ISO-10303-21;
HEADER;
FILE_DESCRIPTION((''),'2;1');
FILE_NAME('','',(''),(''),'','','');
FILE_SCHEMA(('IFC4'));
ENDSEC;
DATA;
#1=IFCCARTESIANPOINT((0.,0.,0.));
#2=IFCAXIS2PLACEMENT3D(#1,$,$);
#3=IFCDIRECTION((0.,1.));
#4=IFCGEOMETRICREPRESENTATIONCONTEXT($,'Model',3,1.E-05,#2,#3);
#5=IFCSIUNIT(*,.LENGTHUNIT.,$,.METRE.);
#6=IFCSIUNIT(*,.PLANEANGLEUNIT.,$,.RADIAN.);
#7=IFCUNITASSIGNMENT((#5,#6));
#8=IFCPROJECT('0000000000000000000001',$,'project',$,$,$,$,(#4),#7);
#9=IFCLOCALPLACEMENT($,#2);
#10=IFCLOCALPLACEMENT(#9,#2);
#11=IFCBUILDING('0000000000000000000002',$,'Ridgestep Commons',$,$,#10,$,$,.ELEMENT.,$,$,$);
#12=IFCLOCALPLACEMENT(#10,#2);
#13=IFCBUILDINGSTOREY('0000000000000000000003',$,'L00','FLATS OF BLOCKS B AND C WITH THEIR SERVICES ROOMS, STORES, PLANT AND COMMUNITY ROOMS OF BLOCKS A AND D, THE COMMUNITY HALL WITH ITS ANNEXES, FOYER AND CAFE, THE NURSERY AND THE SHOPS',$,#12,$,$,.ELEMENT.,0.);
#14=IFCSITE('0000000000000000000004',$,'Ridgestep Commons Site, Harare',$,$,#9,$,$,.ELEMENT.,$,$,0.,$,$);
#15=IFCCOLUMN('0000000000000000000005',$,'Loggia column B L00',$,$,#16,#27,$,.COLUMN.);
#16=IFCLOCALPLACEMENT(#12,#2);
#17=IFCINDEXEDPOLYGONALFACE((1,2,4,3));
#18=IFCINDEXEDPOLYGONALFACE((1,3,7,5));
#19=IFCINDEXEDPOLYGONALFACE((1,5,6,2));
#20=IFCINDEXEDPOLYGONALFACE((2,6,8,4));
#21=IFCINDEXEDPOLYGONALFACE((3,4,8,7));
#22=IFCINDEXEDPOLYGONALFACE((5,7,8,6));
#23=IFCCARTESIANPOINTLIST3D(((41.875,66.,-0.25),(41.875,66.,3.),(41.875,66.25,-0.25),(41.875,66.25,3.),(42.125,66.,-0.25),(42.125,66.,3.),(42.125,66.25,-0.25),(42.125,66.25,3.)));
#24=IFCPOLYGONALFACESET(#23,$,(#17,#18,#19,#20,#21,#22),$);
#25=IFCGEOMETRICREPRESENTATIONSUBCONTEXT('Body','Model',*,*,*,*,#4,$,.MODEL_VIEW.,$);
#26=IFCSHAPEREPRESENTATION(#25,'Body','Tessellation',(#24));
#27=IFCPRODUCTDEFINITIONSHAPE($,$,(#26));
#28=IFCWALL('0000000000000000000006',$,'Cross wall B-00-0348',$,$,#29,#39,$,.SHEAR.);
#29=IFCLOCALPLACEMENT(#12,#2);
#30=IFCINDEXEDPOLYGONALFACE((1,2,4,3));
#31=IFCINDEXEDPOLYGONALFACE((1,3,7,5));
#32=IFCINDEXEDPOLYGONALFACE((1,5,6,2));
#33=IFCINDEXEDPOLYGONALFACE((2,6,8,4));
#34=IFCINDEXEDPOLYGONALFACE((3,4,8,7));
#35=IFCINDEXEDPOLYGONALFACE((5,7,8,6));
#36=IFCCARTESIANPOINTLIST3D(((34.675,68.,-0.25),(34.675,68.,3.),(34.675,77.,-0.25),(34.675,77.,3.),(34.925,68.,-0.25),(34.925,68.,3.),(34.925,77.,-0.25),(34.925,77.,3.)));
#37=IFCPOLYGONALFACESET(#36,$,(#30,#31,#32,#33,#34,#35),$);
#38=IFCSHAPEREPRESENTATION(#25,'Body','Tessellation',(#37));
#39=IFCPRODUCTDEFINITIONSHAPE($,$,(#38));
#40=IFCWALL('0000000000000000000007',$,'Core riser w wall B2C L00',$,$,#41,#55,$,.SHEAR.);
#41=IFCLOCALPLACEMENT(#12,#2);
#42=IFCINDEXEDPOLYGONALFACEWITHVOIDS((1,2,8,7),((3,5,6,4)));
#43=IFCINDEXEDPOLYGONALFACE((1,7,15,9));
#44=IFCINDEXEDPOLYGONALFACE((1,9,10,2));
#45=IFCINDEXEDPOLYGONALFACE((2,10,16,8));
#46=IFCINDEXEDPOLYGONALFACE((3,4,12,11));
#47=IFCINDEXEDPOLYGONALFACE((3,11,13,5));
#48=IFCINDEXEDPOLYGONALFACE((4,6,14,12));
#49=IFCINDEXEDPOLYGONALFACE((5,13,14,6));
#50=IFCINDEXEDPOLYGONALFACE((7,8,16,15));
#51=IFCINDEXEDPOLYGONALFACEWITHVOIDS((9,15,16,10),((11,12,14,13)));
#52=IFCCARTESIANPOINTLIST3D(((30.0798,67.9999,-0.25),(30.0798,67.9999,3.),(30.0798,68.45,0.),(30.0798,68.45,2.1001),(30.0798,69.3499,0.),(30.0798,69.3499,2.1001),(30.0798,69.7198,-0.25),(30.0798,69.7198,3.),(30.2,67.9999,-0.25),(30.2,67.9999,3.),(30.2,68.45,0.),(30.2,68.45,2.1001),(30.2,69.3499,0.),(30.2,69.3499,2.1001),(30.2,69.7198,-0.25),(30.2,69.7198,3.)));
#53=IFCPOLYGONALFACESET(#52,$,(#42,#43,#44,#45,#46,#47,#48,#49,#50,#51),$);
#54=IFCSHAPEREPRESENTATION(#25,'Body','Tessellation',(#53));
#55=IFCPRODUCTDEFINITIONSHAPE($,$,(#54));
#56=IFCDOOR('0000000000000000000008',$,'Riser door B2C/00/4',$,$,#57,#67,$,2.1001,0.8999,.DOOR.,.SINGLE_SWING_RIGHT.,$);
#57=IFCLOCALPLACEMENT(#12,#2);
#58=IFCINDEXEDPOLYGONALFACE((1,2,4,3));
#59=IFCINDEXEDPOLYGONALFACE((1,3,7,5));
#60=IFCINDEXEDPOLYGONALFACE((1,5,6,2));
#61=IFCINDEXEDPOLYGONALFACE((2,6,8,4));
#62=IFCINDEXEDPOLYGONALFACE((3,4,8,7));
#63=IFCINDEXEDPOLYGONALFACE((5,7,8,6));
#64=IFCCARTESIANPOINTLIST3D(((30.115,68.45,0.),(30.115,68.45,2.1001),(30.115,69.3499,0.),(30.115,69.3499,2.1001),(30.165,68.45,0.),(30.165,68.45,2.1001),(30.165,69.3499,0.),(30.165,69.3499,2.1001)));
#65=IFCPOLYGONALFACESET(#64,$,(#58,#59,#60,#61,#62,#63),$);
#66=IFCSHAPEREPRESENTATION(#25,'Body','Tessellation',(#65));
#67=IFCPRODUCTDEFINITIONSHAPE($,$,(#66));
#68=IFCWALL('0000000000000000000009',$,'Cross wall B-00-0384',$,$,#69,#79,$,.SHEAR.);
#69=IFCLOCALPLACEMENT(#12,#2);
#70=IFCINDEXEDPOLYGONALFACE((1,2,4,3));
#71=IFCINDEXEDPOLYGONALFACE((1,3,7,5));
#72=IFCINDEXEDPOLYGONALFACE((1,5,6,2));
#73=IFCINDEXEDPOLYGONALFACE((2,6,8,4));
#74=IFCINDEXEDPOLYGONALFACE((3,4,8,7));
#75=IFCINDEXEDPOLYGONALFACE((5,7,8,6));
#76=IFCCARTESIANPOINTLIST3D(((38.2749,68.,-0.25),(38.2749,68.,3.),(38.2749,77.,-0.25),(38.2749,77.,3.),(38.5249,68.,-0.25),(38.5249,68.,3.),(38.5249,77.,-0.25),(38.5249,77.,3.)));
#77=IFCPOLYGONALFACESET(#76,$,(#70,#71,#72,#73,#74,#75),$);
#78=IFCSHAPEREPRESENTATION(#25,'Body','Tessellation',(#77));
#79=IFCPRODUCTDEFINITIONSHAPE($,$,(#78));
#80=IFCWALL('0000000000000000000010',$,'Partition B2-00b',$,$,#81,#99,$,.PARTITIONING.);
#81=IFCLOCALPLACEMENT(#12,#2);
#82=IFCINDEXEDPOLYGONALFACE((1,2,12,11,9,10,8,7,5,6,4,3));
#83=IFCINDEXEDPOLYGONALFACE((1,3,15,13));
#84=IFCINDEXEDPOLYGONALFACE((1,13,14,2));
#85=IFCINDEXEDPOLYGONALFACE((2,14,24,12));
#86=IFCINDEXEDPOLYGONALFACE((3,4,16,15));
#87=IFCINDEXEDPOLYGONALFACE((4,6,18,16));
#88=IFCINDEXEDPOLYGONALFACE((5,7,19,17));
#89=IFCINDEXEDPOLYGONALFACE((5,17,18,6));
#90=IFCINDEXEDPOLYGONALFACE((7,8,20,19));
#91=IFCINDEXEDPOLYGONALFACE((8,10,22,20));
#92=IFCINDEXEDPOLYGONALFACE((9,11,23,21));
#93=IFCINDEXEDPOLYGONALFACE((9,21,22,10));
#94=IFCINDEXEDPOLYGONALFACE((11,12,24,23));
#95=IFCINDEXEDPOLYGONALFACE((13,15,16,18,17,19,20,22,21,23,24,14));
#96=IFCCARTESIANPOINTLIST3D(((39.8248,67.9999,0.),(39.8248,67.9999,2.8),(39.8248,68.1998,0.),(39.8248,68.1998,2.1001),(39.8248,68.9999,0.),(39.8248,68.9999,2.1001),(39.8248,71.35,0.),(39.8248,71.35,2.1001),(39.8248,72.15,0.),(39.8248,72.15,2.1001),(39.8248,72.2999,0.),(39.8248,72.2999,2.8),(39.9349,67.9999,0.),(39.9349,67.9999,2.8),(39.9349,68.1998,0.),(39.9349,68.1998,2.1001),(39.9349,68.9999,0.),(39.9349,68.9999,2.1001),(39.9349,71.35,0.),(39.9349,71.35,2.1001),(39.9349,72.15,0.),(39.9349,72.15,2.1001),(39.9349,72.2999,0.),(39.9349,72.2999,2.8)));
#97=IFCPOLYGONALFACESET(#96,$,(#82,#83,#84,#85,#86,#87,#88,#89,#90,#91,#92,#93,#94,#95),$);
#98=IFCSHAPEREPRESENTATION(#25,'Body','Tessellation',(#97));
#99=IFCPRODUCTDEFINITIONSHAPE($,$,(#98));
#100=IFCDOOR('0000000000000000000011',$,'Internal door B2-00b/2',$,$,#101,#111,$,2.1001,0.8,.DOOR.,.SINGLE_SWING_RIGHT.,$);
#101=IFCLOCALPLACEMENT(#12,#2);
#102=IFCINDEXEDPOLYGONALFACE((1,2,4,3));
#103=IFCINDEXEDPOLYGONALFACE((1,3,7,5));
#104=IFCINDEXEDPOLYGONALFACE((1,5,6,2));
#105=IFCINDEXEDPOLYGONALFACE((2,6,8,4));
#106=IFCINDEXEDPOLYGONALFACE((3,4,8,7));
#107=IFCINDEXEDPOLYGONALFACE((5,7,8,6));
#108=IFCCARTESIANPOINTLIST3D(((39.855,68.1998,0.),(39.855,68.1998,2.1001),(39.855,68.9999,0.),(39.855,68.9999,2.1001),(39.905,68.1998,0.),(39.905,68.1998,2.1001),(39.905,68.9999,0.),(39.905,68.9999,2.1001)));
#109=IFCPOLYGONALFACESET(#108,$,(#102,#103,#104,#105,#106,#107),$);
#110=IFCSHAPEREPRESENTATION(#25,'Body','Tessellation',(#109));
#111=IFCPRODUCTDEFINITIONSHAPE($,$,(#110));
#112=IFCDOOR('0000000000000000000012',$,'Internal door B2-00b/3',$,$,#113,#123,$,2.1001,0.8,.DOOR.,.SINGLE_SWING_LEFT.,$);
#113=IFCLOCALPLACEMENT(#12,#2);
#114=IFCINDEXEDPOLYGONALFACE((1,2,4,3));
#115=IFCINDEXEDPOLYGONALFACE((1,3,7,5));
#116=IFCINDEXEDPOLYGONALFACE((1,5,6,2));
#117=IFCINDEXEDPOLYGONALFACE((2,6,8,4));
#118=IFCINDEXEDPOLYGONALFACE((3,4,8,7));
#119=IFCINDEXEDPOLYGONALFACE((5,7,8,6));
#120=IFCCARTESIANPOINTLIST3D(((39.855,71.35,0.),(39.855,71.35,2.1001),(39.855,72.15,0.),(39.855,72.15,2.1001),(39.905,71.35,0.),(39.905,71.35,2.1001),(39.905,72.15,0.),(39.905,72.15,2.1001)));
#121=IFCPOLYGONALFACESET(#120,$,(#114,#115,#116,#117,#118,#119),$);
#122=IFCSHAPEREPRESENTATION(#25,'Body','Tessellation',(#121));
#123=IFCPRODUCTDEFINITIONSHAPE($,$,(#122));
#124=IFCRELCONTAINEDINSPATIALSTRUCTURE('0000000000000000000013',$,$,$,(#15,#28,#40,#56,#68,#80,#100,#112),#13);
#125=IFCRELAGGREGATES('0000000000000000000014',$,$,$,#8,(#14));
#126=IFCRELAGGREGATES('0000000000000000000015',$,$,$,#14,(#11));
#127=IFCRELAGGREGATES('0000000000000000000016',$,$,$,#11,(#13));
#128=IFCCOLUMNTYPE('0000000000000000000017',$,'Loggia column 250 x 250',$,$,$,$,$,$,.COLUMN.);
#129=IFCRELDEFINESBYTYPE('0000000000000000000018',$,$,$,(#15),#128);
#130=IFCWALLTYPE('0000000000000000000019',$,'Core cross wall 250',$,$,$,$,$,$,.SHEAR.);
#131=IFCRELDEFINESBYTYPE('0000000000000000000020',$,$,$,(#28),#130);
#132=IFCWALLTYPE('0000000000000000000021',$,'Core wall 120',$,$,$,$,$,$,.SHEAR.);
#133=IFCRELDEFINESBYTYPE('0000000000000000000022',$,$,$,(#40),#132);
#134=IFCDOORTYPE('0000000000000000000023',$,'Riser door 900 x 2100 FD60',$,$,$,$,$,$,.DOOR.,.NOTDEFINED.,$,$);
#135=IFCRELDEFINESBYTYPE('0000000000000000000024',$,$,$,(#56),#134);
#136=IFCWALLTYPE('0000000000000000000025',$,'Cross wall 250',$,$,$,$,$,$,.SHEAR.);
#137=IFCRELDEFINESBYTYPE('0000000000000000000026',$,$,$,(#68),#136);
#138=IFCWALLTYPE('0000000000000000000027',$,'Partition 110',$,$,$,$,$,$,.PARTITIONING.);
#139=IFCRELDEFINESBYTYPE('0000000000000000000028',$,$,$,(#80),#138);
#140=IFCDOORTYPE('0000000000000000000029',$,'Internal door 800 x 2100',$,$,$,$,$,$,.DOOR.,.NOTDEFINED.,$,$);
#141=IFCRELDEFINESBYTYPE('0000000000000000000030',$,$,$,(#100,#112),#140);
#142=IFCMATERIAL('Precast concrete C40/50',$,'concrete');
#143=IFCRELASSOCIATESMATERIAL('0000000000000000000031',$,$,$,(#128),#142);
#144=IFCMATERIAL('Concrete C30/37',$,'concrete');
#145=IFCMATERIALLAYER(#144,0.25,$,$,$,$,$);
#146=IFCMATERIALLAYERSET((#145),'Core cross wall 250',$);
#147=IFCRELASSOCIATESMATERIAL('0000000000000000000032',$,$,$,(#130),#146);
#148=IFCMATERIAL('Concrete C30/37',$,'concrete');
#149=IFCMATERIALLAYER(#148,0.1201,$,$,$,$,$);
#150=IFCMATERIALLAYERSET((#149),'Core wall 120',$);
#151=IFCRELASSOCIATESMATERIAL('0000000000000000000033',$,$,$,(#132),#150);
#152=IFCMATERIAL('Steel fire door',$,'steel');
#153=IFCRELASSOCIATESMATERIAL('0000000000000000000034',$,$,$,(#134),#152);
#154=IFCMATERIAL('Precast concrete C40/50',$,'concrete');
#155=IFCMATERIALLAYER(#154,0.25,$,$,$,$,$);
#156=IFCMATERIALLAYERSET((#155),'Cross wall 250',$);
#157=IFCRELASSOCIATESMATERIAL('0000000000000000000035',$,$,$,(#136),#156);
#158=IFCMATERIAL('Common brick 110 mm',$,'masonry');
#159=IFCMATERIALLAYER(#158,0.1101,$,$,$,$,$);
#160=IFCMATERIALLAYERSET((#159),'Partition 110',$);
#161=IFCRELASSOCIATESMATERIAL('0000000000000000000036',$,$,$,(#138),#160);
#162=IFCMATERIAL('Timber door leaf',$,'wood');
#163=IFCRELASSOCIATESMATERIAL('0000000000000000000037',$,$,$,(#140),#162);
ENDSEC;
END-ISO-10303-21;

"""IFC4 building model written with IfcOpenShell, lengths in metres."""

from ifc_helpers import new_model, si_unit, direction, frame, frame_2d, origin, origin_2d, place, context, subcontext, project, spatial, rectangle, extrude, material, layer, layer_set, material_profile, profile_set, type_object, element, fill, save


model = new_model("IFC4")

# Units and contexts
model_context = context("Model", 3, precision=1e-05, world=origin(), true_north=direction((0.0, 1.0)))
body_context = subcontext(model_context, "Body", "Model", "MODEL_VIEW")
ifc_project = project(units=[si_unit("LENGTHUNIT", "METRE"), si_unit("PLANEANGLEUNIT", "RADIAN")], contexts=[model_context])

# Site, building, storey
site_placement = place(None, origin())
site = spatial("IfcSite", under=ifc_project, at=site_placement, Name="Ridgestep Commons Site, Harare", CompositionType="ELEMENT", RefElevation=0.0)
building_placement = place(site_placement, origin())
building = spatial("IfcBuilding", under=site, at=building_placement, Name="Ridgestep Commons", CompositionType="ELEMENT")
storey_placement = place(building_placement, origin())
storey = spatial("IfcBuildingStorey", under=building, at=storey_placement, Name="L00", Description="FLATS OF BLOCKS B AND C WITH THEIR SERVICES ROOMS, STORES, PLANT AND COMMUNITY ROOMS OF BLOCKS A AND D, THE COMMUNITY HALL WITH ITS ANNEXES, FOYER AND CAFE, THE NURSERY AND THE SHOPS", CompositionType="ELEMENT", Elevation=0.0)

# Column
ifc_material_1 = material(Name="Precast concrete C40/50", Category="concrete")
ifc_material_profile = material_profile(ifc_material_1, rectangle(XDim=0.25, YDim=0.25, at=origin_2d()), Name="PC 250x250")
ifc_profile_set = profile_set([ifc_material_profile], Name="Precast concrete C40/50")
column_type = type_object("IfcColumnType", Name="Loggia column 250 x 250", PredefinedType="COLUMN", material=ifc_profile_set)
column_placement = place(storey_placement, frame((42.0, 66.125, -0.25), z_axis=(0.0, 0.0, 1.0), x_axis=(1.0, 0.0, 0.0)))
element("IfcColumn", 1, at=column_placement, inside=storey, type_object=column_type, Name="Loggia column B L00", PredefinedType="COLUMN", context=body_context, shape_type="SweptSolid", body=[
    extrude(rectangle(XDim=0.25, YDim=0.25, at=origin_2d()), origin(), (0.0, 0.0, 1.0), 3.25),
])

# Wall
ifc_material_2 = material(Name="Concrete C30/37", Category="concrete")
ifc_layer_1 = layer(ifc_material_2, 0.25)
ifc_layer_set_1 = layer_set([ifc_layer_1], Name="Core cross wall 250")
wall_type_1 = type_object("IfcWallType", Name="Core cross wall 250", PredefinedType="SHEAR", material=ifc_layer_set_1)
wall_1_placement = place(storey_placement, frame((34.8, 68.0, -0.25), z_axis=(0.0, 0.0, 1.0), x_axis=(0.0, 1.0, 0.0)))
element("IfcWall", 2, at=wall_1_placement, inside=storey, type_object=wall_type_1, Name="Cross wall B-00-0348", PredefinedType="SHEAR", context=body_context, shape_type="SweptSolid", body=[
    extrude(rectangle(XDim=9.0, YDim=0.25, at=frame_2d((4.5, 0.0))), origin(), (0.0, 0.0, 1.0), 3.25),
])

# Wall, opening, door
ifc_material_3 = material(Name="Concrete C30/37", Category="concrete")
ifc_layer_2 = layer(ifc_material_3, 0.1201)
ifc_layer_set_2 = layer_set([ifc_layer_2], Name="Core wall 120")
wall_type_2 = type_object("IfcWallType", Name="Core wall 120", PredefinedType="SHEAR", material=ifc_layer_set_2)
wall_2_placement = place(storey_placement, frame((30.1399, 68.0, -0.25), z_axis=(0.0, 0.0, 1.0), x_axis=(0.0, 1.0, 0.0)))
wall_2 = element("IfcWall", 3, at=wall_2_placement, inside=storey, type_object=wall_type_2, Name="Core riser w wall B2C L00", PredefinedType="SHEAR", context=body_context, shape_type="SweptSolid", body=[
    extrude(rectangle(XDim=1.72, YDim=0.1201, at=frame_2d((0.8599, 0.0))), origin(), (0.0, 0.0, 1.0), 3.25),
])
opening_1_placement = place(wall_2_placement, frame((0.45, 0.0, 0.25)))
opening_1 = element("IfcOpeningElement", 4, at=opening_1_placement, cuts=wall_2, PredefinedType="OPENING", context=body_context, shape_type="SweptSolid", body=[
    extrude(rectangle(XDim=0.8999, YDim=2.1001, at=frame_2d((0.45, 1.05))), frame((0.0, 0.0701, 0.0), z_axis=(0.0, -1.0, 0.0), x_axis=(1.0, 0.0, 0.0)), (0.0, 0.0, 1.0), 0.1401),
])
ifc_material_4 = material(Name="Steel fire door", Category="steel")
door_type_1 = type_object("IfcDoorType", Name="Riser door 900 x 2100 FD60", OperationType="NOTDEFINED", PredefinedType="DOOR", material=ifc_material_4)
door_1_placement = place(opening_1_placement, origin())
door_1 = element("IfcDoor", 5, at=door_1_placement, inside=storey, type_object=door_type_1, Name="Riser door B2C/00/4", OperationType="SINGLE_SWING_RIGHT", OverallHeight=2.1001, OverallWidth=0.8999, PredefinedType="DOOR", context=body_context, shape_type="SweptSolid", body=[
    extrude(rectangle(XDim=0.8999, YDim=2.1001, at=frame_2d((0.45, 1.05))), frame((0.0, 0.0249, 0.0), z_axis=(0.0, -1.0, 0.0), x_axis=(1.0, 0.0, 0.0)), (0.0, 0.0, 1.0), 0.05),
])
fill(opening_1, door_1)

# Wall
ifc_material_5 = material(Name="Precast concrete C40/50", Category="concrete")
ifc_layer_3 = layer(ifc_material_5, 0.25)
ifc_layer_set_3 = layer_set([ifc_layer_3], Name="Cross wall 250")
wall_type_3 = type_object("IfcWallType", Name="Cross wall 250", PredefinedType="SHEAR", material=ifc_layer_set_3)
wall_3_placement = place(storey_placement, frame((38.3999, 68.0, -0.25), z_axis=(0.0, 0.0, 1.0), x_axis=(0.0, 1.0, 0.0)))
element("IfcWall", 6, at=wall_3_placement, inside=storey, type_object=wall_type_3, Name="Cross wall B-00-0384", PredefinedType="SHEAR", context=body_context, shape_type="SweptSolid", body=[
    extrude(rectangle(XDim=9.0, YDim=0.25, at=frame_2d((4.5, 0.0))), origin(), (0.0, 0.0, 1.0), 3.25),
])

# Wall, openings, doors
ifc_material_6 = material(Name="Common brick 110 mm", Category="masonry")
ifc_layer_4 = layer(ifc_material_6, 0.1101)
ifc_layer_set_4 = layer_set([ifc_layer_4], Name="Partition 110")
wall_type_4 = type_object("IfcWallType", Name="Partition 110", PredefinedType="PARTITIONING", material=ifc_layer_set_4)
wall_4_placement = place(storey_placement, frame((39.8799, 68.0, 0.0), z_axis=(0.0, 0.0, 1.0), x_axis=(0.0, 1.0, 0.0)))
wall_4 = element("IfcWall", 7, at=wall_4_placement, inside=storey, type_object=wall_type_4, Name="Partition B2-00b", PredefinedType="PARTITIONING", context=body_context, shape_type="SweptSolid", body=[
    extrude(rectangle(XDim=4.3, YDim=0.1101, at=frame_2d((2.1499, 0.0))), origin(), (0.0, 0.0, 1.0), 2.8),
])
opening_2_placement = place(wall_4_placement, frame((0.2, 0.0, 0.0)))
opening_2 = element("IfcOpeningElement", 8, at=opening_2_placement, cuts=wall_4, PredefinedType="OPENING", context=body_context, shape_type="SweptSolid", body=[
    extrude(rectangle(XDim=0.8, YDim=2.1001, at=frame_2d((0.3999, 1.05))), frame((0.0, 0.0649, 0.0), z_axis=(0.0, -1.0, 0.0), x_axis=(1.0, 0.0, 0.0)), (0.0, 0.0, 1.0), 0.1301),
])
opening_3_placement = place(wall_4_placement, frame((3.3501, 0.0, 0.0)))
opening_3 = element("IfcOpeningElement", 9, at=opening_3_placement, cuts=wall_4, PredefinedType="OPENING", context=body_context, shape_type="SweptSolid", body=[
    extrude(rectangle(XDim=0.8, YDim=2.1001, at=frame_2d((0.3999, 1.05))), frame((0.0, 0.0649, 0.0), z_axis=(0.0, -1.0, 0.0), x_axis=(1.0, 0.0, 0.0)), (0.0, 0.0, 1.0), 0.1301),
])
ifc_material_7 = material(Name="Timber door leaf", Category="wood")
door_type_2 = type_object("IfcDoorType", Name="Internal door 800 x 2100", OperationType="NOTDEFINED", PredefinedType="DOOR", material=ifc_material_7)
door_2_placement = place(opening_2_placement, origin())
door_2 = element("IfcDoor", 10, at=door_2_placement, inside=storey, type_object=door_type_2, Name="Internal door B2-00b/2", OperationType="SINGLE_SWING_RIGHT", OverallHeight=2.1001, OverallWidth=0.8, PredefinedType="DOOR", context=body_context, shape_type="SweptSolid", body=[
    extrude(rectangle(XDim=0.8, YDim=2.1001, at=frame_2d((0.3999, 1.05))), frame((0.0, 0.0249, 0.0), z_axis=(0.0, -1.0, 0.0), x_axis=(1.0, 0.0, 0.0)), (0.0, 0.0, 1.0), 0.05),
])
fill(opening_2, door_2)
door_3_placement = place(opening_3_placement, origin())
door_3 = element("IfcDoor", 11, at=door_3_placement, inside=storey, type_object=door_type_2, Name="Internal door B2-00b/3", OperationType="SINGLE_SWING_LEFT", OverallHeight=2.1001, OverallWidth=0.8, PredefinedType="DOOR", context=body_context, shape_type="SweptSolid", body=[
    extrude(rectangle(XDim=0.8, YDim=2.1001, at=frame_2d((0.3999, 1.05))), frame((0.0, 0.0249, 0.0), z_axis=(0.0, -1.0, 0.0), x_axis=(1.0, 0.0, 0.0)), (0.0, 0.0, 1.0), 0.05),
])
fill(opening_3, door_3)

save(model, "model.ifc")
